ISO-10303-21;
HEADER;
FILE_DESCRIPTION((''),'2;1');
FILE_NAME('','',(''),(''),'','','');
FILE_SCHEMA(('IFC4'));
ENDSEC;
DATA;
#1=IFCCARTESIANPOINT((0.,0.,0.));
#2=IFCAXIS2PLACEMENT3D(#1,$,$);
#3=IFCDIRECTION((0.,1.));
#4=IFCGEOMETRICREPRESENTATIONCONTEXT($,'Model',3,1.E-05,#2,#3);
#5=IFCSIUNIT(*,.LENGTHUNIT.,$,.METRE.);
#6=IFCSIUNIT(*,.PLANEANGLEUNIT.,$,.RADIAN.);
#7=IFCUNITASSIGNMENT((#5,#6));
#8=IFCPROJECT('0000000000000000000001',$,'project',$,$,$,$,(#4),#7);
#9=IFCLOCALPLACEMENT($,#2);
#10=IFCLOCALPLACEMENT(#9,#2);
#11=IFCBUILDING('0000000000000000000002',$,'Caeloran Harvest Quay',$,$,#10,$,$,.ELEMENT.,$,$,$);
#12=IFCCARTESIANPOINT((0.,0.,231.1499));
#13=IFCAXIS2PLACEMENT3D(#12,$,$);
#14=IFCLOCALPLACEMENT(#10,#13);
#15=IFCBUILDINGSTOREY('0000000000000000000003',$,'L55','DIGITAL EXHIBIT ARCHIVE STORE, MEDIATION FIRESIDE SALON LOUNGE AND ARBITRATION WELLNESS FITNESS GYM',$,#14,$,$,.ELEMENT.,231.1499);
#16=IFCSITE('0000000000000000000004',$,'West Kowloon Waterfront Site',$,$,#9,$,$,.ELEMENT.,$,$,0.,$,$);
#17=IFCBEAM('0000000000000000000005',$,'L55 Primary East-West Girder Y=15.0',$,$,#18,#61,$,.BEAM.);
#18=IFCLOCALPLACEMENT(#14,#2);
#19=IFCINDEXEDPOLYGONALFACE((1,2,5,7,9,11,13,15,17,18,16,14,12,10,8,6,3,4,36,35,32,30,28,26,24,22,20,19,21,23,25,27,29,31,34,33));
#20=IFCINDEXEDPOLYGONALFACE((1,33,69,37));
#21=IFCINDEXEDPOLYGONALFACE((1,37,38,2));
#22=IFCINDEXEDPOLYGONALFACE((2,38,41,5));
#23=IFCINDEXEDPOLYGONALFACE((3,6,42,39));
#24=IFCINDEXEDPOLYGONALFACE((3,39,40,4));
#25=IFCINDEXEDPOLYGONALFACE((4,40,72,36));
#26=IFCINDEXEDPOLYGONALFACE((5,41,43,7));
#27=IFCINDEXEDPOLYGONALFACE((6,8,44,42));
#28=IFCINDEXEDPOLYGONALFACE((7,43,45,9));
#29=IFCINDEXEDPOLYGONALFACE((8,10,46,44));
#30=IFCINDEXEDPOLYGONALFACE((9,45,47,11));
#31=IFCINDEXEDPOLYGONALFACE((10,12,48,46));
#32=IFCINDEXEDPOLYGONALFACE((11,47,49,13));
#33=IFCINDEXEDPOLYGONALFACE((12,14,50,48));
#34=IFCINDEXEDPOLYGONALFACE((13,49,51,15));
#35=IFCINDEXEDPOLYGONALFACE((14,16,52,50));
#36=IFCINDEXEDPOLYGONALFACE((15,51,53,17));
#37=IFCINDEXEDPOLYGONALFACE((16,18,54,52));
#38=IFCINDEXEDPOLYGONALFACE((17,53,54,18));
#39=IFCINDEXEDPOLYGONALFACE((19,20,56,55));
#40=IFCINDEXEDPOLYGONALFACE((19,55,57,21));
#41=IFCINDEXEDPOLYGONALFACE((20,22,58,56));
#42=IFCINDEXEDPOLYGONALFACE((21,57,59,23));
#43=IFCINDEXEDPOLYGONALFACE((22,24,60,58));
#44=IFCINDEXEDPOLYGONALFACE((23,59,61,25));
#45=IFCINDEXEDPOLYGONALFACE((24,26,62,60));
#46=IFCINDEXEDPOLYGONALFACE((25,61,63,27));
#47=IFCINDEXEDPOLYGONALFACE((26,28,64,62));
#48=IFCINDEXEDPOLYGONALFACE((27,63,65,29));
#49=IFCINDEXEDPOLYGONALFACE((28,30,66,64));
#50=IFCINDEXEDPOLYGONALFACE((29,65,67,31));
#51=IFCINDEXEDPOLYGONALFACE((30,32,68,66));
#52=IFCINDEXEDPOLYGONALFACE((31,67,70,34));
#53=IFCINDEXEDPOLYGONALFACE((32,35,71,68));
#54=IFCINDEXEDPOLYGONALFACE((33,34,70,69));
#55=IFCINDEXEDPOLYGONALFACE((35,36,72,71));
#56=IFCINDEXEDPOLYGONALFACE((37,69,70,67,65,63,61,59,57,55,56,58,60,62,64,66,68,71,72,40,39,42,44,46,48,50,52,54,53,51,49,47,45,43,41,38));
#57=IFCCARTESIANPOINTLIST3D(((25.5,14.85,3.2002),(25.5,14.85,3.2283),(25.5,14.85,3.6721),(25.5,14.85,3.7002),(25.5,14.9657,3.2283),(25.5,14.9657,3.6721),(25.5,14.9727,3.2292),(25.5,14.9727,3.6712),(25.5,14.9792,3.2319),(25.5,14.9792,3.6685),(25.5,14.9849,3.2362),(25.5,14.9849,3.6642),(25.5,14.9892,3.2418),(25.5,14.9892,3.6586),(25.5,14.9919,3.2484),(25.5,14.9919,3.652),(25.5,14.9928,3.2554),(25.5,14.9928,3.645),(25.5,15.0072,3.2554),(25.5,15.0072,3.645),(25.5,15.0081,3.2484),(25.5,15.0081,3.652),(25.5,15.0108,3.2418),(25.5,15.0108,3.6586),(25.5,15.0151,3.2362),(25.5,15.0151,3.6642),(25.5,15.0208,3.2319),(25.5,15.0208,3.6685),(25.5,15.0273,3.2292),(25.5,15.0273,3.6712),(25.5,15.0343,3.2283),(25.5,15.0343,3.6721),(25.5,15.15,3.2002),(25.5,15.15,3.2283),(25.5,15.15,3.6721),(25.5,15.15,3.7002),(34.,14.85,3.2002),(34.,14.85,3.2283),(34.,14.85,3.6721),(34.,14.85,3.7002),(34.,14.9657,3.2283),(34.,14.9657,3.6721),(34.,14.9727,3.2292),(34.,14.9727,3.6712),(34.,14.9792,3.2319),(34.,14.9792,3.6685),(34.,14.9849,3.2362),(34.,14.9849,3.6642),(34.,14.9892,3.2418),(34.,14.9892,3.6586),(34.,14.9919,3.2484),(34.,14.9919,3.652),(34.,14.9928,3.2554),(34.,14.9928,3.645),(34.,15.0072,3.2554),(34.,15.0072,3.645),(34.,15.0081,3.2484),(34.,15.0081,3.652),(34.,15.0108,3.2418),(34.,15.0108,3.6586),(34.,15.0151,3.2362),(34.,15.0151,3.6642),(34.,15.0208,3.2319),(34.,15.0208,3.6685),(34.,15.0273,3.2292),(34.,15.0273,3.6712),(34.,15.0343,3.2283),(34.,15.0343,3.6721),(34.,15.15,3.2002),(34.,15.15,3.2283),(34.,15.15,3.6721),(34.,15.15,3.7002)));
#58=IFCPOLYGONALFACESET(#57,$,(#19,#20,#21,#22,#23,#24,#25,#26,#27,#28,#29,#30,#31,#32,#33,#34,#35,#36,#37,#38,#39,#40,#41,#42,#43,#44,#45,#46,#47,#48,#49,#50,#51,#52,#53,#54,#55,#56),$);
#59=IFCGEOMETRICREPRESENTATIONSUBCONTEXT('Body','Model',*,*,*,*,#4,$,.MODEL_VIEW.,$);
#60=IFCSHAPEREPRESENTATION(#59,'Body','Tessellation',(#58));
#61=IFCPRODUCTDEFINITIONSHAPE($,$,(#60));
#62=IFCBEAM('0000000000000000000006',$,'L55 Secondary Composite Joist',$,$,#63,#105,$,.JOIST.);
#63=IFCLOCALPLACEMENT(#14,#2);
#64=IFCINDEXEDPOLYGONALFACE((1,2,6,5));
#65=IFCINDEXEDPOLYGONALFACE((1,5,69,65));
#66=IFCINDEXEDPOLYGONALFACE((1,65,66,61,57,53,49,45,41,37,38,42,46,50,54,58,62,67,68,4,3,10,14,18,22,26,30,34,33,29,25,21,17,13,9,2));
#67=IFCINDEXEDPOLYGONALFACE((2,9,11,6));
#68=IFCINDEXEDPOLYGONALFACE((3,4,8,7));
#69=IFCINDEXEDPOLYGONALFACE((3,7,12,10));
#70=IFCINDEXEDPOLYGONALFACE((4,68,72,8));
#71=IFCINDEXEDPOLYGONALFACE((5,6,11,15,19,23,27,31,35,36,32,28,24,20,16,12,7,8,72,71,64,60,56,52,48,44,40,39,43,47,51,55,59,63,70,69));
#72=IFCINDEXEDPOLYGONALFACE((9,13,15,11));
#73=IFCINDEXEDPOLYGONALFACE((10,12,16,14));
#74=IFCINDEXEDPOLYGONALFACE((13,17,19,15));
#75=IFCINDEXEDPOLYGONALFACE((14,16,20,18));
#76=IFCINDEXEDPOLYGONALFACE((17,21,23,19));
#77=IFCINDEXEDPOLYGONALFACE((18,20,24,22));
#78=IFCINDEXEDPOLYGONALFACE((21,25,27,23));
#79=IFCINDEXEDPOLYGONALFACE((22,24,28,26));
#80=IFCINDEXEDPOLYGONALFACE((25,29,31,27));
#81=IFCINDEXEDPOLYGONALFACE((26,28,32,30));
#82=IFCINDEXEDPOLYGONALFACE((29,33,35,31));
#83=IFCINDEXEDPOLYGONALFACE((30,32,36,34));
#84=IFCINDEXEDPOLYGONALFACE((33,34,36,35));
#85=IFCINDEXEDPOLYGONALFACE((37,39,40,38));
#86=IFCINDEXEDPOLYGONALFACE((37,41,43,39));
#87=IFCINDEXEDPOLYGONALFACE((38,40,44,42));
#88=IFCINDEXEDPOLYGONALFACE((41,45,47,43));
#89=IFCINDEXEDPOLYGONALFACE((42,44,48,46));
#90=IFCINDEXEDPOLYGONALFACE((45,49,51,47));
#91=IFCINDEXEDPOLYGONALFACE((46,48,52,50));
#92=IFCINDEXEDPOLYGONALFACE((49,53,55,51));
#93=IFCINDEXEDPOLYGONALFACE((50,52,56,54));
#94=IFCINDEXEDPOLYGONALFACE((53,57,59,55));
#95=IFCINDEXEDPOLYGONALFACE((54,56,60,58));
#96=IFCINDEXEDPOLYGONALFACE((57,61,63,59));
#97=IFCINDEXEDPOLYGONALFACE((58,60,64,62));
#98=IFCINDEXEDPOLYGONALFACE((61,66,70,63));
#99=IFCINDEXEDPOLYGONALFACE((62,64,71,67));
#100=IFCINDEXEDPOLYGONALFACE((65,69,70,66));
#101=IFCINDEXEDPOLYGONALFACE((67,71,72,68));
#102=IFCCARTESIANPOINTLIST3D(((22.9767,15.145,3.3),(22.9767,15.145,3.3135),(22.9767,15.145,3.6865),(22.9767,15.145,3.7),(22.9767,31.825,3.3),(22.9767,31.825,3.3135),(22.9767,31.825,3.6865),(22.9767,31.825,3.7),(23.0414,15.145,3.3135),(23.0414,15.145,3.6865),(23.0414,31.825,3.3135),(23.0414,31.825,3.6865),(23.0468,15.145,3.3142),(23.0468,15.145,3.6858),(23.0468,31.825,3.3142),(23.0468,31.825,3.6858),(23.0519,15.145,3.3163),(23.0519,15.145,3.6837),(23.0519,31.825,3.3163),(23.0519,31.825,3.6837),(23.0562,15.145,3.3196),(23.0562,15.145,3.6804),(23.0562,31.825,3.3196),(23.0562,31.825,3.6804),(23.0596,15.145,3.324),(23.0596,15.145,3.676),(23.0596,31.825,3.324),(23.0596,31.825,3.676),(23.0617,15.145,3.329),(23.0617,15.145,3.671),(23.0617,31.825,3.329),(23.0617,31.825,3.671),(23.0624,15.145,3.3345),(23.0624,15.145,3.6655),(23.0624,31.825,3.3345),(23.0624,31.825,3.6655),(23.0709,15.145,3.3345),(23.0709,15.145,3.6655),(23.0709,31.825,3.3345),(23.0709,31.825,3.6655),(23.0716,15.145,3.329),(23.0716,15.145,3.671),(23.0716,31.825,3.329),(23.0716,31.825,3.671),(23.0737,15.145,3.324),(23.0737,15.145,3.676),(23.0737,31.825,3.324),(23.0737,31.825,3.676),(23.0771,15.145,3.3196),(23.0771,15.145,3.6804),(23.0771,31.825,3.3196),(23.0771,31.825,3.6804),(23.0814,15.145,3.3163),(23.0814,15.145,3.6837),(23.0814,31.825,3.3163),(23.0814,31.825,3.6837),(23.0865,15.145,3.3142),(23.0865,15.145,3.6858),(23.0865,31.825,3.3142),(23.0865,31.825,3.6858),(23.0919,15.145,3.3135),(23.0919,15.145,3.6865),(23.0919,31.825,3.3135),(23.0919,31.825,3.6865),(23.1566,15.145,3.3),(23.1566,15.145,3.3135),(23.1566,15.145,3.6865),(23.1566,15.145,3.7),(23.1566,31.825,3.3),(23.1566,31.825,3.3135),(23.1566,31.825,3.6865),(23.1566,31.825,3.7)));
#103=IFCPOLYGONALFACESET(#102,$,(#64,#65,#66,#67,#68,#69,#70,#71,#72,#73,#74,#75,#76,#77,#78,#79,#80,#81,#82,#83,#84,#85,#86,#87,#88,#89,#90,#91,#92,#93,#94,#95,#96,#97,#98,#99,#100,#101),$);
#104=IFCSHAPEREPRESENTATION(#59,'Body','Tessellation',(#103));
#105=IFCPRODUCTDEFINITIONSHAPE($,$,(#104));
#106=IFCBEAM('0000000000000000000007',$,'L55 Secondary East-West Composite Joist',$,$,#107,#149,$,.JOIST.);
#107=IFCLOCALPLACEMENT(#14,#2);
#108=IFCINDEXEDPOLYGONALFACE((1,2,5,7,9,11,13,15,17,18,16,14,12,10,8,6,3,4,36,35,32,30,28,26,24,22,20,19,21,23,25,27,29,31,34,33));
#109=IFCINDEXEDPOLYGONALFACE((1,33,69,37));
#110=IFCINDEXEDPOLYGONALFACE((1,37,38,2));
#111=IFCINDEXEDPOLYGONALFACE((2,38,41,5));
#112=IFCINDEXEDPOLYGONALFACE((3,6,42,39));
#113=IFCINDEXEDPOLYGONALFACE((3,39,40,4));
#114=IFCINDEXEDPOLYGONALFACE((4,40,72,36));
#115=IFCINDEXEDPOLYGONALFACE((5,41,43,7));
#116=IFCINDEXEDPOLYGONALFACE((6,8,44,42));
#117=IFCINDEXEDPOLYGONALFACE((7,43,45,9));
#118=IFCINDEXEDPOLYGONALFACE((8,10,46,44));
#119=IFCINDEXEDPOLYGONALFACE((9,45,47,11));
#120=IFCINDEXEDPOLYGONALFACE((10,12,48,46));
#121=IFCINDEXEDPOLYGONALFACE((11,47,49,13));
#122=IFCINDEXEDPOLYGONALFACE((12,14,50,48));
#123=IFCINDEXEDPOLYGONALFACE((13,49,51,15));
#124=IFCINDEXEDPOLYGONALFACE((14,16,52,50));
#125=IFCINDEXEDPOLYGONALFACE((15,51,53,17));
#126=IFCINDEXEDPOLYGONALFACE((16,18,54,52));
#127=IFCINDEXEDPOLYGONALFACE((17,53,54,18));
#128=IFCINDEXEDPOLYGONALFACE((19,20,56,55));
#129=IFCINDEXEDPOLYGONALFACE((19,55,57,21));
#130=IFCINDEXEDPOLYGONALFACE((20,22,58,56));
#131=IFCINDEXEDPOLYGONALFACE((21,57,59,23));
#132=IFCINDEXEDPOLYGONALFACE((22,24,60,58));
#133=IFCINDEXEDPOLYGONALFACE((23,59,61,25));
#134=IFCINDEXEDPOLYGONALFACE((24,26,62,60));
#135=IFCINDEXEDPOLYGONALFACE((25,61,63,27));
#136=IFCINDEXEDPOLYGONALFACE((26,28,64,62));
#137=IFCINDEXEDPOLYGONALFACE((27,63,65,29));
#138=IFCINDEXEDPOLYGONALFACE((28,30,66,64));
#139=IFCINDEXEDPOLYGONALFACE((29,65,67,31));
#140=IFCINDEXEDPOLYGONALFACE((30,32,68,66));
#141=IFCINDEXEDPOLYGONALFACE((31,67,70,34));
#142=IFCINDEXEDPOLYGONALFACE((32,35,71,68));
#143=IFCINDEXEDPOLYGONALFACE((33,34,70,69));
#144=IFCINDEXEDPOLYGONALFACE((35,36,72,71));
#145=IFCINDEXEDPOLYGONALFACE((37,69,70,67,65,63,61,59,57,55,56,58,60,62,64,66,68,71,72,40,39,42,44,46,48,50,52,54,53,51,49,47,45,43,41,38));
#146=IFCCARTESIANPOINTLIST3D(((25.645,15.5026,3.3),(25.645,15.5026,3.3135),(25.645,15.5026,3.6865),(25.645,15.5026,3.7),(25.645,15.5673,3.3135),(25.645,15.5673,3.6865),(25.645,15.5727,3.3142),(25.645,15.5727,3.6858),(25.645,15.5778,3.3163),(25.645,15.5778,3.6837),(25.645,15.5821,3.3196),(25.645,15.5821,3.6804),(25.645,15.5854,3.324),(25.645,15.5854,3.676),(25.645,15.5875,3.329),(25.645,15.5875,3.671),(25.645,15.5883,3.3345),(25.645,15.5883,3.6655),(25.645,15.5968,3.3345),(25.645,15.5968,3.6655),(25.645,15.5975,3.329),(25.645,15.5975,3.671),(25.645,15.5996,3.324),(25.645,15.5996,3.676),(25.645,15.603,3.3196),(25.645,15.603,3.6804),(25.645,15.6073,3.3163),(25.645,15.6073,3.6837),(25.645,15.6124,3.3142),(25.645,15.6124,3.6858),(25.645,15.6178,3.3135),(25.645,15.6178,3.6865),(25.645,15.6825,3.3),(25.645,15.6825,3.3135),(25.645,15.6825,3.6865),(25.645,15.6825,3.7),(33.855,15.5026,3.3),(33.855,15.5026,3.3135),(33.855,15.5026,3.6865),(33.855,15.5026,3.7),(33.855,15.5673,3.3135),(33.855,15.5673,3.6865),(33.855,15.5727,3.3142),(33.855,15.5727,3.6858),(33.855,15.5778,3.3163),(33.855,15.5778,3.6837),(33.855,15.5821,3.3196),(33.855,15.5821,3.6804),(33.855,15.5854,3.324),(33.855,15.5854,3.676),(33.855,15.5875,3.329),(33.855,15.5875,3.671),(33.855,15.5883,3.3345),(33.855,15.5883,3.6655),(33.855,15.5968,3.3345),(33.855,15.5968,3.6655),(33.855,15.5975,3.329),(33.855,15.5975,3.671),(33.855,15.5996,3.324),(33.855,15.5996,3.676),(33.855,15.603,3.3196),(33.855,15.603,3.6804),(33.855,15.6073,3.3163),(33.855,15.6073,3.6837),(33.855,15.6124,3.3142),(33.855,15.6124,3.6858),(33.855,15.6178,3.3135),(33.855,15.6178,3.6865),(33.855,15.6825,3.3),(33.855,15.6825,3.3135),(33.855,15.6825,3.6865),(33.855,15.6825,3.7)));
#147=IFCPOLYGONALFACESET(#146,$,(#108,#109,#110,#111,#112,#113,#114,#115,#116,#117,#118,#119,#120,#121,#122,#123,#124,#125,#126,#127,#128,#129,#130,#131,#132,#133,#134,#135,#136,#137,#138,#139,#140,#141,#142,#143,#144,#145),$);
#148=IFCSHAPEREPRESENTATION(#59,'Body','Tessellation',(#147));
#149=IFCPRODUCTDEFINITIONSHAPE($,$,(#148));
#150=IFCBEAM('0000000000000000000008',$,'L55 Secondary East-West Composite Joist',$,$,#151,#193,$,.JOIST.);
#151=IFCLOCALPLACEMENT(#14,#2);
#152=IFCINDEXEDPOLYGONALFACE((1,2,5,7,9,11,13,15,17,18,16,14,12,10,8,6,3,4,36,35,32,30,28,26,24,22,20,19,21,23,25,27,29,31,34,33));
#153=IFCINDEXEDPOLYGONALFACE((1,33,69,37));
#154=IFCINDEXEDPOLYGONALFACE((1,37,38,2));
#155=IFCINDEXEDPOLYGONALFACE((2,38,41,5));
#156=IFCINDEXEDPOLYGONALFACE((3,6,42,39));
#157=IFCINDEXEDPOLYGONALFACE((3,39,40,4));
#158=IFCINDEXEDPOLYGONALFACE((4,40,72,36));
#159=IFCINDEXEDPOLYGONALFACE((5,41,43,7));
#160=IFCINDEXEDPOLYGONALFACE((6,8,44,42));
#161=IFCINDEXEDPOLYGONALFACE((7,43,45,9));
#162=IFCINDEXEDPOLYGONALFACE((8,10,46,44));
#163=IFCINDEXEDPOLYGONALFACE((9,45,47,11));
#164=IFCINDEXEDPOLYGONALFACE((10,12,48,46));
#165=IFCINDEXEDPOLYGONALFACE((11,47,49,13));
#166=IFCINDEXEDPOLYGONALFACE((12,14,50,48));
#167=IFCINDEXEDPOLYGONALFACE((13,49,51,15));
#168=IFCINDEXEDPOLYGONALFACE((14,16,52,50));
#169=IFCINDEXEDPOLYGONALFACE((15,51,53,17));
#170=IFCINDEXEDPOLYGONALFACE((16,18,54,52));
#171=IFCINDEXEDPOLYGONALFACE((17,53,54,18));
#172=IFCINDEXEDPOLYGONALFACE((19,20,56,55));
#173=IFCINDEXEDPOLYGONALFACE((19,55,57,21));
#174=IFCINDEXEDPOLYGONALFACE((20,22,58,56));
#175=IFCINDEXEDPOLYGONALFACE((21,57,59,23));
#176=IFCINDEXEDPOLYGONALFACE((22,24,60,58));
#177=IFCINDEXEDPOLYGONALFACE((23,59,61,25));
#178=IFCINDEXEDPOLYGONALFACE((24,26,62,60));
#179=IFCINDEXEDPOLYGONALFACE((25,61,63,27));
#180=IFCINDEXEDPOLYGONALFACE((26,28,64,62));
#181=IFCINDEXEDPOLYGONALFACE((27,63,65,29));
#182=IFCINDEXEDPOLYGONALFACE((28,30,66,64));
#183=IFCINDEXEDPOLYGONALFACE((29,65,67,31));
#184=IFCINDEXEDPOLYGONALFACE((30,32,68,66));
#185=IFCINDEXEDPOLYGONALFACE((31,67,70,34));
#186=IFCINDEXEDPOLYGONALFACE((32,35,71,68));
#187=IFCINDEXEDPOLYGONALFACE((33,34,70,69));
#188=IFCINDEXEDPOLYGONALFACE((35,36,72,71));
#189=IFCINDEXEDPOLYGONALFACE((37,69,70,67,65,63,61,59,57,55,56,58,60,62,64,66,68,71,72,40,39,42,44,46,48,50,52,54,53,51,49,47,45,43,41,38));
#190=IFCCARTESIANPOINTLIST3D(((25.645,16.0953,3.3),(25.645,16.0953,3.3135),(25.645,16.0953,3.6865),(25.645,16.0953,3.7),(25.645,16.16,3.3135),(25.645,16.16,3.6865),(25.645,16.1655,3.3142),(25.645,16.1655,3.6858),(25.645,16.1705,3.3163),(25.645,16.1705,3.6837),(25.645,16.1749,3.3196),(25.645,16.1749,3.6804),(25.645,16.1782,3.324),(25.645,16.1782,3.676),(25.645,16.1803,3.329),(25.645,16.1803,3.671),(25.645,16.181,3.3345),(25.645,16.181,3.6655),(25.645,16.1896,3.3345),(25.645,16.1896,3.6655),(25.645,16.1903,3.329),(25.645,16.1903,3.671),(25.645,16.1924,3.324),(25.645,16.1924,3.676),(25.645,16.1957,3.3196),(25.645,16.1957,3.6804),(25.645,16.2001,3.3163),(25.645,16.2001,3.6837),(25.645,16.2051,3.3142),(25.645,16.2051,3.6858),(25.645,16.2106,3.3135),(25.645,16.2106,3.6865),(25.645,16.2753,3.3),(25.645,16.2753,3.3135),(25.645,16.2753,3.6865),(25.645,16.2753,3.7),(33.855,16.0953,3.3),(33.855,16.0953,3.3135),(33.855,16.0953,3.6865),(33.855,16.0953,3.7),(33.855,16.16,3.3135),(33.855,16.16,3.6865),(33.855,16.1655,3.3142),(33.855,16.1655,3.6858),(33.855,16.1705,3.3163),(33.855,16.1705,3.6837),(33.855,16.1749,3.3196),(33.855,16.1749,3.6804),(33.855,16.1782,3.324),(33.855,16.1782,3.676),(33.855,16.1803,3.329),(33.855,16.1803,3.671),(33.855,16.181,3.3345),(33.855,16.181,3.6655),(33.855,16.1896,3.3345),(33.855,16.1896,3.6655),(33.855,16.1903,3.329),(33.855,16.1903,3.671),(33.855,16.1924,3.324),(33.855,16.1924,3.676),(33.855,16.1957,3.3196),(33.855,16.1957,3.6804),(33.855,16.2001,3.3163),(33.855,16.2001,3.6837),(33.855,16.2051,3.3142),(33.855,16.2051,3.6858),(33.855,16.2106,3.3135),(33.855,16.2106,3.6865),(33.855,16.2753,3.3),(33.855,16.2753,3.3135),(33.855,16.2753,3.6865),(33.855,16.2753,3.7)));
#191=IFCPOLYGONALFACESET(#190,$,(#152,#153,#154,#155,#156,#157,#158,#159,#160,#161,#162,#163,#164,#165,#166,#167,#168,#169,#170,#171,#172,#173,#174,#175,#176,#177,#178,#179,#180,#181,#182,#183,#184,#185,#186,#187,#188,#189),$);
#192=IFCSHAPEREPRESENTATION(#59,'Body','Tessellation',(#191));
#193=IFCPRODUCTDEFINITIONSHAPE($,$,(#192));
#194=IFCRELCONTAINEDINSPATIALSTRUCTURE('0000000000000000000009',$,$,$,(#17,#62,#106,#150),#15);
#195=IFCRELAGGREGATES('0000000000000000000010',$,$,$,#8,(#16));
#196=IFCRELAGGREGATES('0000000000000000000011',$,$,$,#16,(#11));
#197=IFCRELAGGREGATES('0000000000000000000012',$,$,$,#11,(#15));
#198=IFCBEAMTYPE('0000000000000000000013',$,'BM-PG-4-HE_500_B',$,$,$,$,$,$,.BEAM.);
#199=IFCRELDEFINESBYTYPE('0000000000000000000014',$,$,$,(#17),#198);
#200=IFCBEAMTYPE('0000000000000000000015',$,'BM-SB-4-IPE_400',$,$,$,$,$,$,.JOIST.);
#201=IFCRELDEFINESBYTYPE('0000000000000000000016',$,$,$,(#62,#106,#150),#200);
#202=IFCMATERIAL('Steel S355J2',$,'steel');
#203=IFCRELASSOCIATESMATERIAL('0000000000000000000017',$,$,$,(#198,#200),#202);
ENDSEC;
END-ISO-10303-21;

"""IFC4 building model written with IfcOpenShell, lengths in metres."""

from ifc_helpers import new_model, si_unit, direction, frame, origin, origin_2d, place, context, subcontext, project, spatial, i_section, extrude, material, material_profile, profile_set, type_object, element, save


model = new_model("IFC4")

# Units and contexts
model_context = context("Model", 3, precision=1e-05, world=origin(), true_north=direction((0.0, 1.0)))
body_context = subcontext(model_context, "Body", "Model", "MODEL_VIEW")
ifc_project = project(units=[si_unit("LENGTHUNIT", "METRE"), si_unit("PLANEANGLEUNIT", "RADIAN")], contexts=[model_context])

# Site, building, storey
site_placement = place(None, origin())
site = spatial("IfcSite", under=ifc_project, at=site_placement, Name="West Kowloon Waterfront Site", CompositionType="ELEMENT", RefElevation=0.0)
building_placement = place(site_placement, origin())
building = spatial("IfcBuilding", under=site, at=building_placement, Name="Caeloran Harvest Quay", CompositionType="ELEMENT")
storey_placement = place(building_placement, frame((0.0, 0.0, 231.1499)))
storey = spatial("IfcBuildingStorey", under=building, at=storey_placement, Name="L55", Description="DIGITAL EXHIBIT ARCHIVE STORE, MEDIATION FIRESIDE SALON LOUNGE AND ARBITRATION WELLNESS FITNESS GYM", CompositionType="ELEMENT", Elevation=231.1499)

# Beams
ifc_material_1 = material(Name="Steel S355J2", Category="steel")
ifc_material_profile_1 = material_profile(ifc_material_1, i_section(OverallWidth=0.3, OverallDepth=0.5, WebThickness=0.0144, FlangeThickness=0.0281, FilletRadius=0.0271, at=origin_2d()), Name="HE 500 B")
ifc_profile_set_1 = profile_set([ifc_material_profile_1], Name="Steel S355J2")
beam_type_1 = type_object("IfcBeamType", Name="BM-PG-4-HE_500_B", PredefinedType="BEAM", material=ifc_profile_set_1)
beam_1_placement = place(storey_placement, frame((25.5, 15.0, 3.4502), z_axis=(1.0, 0.0, 0.0), x_axis=(0.0, 1.0, 0.0)))
element("IfcBeam", 1, at=beam_1_placement, inside=storey, type_object=beam_type_1, Name="L55 Primary East-West Girder Y=15.0", PredefinedType="BEAM", context=body_context, shape_type="SweptSolid", body=[
    extrude(i_section(OverallWidth=0.3, OverallDepth=0.5, WebThickness=0.0144, FlangeThickness=0.0281, FilletRadius=0.0271, at=origin_2d()), origin(), (0.0, 0.0, 1.0), 8.5),
])
ifc_material_profile_2 = material_profile(ifc_material_1, i_section(OverallWidth=0.1799, OverallDepth=0.3999, WebThickness=0.0085, FlangeThickness=0.0134, FilletRadius=0.021, at=origin_2d()), Name="IPE 400")
ifc_profile_set_2 = profile_set([ifc_material_profile_2], Name="Steel S355J2")
beam_type_2 = type_object("IfcBeamType", Name="BM-SB-4-IPE_400", PredefinedType="JOIST", material=ifc_profile_set_2)
beam_2_placement = place(storey_placement, frame((23.0667, 15.145, 3.5), z_axis=(0.0, 1.0, 0.0), x_axis=(-1.0, 0.0, 0.0)))
element("IfcBeam", 2, at=beam_2_placement, inside=storey, type_object=beam_type_2, Name="L55 Secondary Composite Joist", PredefinedType="JOIST", context=body_context, shape_type="SweptSolid", body=[
    extrude(i_section(OverallWidth=0.1799, OverallDepth=0.3999, WebThickness=0.0085, FlangeThickness=0.0134, FilletRadius=0.021, at=origin_2d()), origin(), (0.0, 0.0, 1.0), 16.6799),
])
for number, where, z_axis, x_axis, name in (
    (3, (25.645, 15.5925, 3.5), (1.0, 0.0, 0.0), (0.0, 1.0, 0.0), "L55 Secondary East-West Composite Joist"),
    (4, (25.645, 16.1853, 3.5), (1.0, 0.0, 0.0), (0.0, 1.0, 0.0), "L55 Secondary East-West Composite Joist"),
):
    element("IfcBeam", number, at=place(storey_placement, frame(where, z_axis=z_axis, x_axis=x_axis)), inside=storey, type_object=beam_type_2, Name=name, PredefinedType="JOIST", context=body_context, shape_type="SweptSolid", body=[
        extrude(i_section(OverallWidth=0.1799, OverallDepth=0.3999, WebThickness=0.0085, FlangeThickness=0.0134, FilletRadius=0.021, at=origin_2d()), origin(), (0.0, 0.0, 1.0), 8.21),
    ])

save(model, "model.ifc")
